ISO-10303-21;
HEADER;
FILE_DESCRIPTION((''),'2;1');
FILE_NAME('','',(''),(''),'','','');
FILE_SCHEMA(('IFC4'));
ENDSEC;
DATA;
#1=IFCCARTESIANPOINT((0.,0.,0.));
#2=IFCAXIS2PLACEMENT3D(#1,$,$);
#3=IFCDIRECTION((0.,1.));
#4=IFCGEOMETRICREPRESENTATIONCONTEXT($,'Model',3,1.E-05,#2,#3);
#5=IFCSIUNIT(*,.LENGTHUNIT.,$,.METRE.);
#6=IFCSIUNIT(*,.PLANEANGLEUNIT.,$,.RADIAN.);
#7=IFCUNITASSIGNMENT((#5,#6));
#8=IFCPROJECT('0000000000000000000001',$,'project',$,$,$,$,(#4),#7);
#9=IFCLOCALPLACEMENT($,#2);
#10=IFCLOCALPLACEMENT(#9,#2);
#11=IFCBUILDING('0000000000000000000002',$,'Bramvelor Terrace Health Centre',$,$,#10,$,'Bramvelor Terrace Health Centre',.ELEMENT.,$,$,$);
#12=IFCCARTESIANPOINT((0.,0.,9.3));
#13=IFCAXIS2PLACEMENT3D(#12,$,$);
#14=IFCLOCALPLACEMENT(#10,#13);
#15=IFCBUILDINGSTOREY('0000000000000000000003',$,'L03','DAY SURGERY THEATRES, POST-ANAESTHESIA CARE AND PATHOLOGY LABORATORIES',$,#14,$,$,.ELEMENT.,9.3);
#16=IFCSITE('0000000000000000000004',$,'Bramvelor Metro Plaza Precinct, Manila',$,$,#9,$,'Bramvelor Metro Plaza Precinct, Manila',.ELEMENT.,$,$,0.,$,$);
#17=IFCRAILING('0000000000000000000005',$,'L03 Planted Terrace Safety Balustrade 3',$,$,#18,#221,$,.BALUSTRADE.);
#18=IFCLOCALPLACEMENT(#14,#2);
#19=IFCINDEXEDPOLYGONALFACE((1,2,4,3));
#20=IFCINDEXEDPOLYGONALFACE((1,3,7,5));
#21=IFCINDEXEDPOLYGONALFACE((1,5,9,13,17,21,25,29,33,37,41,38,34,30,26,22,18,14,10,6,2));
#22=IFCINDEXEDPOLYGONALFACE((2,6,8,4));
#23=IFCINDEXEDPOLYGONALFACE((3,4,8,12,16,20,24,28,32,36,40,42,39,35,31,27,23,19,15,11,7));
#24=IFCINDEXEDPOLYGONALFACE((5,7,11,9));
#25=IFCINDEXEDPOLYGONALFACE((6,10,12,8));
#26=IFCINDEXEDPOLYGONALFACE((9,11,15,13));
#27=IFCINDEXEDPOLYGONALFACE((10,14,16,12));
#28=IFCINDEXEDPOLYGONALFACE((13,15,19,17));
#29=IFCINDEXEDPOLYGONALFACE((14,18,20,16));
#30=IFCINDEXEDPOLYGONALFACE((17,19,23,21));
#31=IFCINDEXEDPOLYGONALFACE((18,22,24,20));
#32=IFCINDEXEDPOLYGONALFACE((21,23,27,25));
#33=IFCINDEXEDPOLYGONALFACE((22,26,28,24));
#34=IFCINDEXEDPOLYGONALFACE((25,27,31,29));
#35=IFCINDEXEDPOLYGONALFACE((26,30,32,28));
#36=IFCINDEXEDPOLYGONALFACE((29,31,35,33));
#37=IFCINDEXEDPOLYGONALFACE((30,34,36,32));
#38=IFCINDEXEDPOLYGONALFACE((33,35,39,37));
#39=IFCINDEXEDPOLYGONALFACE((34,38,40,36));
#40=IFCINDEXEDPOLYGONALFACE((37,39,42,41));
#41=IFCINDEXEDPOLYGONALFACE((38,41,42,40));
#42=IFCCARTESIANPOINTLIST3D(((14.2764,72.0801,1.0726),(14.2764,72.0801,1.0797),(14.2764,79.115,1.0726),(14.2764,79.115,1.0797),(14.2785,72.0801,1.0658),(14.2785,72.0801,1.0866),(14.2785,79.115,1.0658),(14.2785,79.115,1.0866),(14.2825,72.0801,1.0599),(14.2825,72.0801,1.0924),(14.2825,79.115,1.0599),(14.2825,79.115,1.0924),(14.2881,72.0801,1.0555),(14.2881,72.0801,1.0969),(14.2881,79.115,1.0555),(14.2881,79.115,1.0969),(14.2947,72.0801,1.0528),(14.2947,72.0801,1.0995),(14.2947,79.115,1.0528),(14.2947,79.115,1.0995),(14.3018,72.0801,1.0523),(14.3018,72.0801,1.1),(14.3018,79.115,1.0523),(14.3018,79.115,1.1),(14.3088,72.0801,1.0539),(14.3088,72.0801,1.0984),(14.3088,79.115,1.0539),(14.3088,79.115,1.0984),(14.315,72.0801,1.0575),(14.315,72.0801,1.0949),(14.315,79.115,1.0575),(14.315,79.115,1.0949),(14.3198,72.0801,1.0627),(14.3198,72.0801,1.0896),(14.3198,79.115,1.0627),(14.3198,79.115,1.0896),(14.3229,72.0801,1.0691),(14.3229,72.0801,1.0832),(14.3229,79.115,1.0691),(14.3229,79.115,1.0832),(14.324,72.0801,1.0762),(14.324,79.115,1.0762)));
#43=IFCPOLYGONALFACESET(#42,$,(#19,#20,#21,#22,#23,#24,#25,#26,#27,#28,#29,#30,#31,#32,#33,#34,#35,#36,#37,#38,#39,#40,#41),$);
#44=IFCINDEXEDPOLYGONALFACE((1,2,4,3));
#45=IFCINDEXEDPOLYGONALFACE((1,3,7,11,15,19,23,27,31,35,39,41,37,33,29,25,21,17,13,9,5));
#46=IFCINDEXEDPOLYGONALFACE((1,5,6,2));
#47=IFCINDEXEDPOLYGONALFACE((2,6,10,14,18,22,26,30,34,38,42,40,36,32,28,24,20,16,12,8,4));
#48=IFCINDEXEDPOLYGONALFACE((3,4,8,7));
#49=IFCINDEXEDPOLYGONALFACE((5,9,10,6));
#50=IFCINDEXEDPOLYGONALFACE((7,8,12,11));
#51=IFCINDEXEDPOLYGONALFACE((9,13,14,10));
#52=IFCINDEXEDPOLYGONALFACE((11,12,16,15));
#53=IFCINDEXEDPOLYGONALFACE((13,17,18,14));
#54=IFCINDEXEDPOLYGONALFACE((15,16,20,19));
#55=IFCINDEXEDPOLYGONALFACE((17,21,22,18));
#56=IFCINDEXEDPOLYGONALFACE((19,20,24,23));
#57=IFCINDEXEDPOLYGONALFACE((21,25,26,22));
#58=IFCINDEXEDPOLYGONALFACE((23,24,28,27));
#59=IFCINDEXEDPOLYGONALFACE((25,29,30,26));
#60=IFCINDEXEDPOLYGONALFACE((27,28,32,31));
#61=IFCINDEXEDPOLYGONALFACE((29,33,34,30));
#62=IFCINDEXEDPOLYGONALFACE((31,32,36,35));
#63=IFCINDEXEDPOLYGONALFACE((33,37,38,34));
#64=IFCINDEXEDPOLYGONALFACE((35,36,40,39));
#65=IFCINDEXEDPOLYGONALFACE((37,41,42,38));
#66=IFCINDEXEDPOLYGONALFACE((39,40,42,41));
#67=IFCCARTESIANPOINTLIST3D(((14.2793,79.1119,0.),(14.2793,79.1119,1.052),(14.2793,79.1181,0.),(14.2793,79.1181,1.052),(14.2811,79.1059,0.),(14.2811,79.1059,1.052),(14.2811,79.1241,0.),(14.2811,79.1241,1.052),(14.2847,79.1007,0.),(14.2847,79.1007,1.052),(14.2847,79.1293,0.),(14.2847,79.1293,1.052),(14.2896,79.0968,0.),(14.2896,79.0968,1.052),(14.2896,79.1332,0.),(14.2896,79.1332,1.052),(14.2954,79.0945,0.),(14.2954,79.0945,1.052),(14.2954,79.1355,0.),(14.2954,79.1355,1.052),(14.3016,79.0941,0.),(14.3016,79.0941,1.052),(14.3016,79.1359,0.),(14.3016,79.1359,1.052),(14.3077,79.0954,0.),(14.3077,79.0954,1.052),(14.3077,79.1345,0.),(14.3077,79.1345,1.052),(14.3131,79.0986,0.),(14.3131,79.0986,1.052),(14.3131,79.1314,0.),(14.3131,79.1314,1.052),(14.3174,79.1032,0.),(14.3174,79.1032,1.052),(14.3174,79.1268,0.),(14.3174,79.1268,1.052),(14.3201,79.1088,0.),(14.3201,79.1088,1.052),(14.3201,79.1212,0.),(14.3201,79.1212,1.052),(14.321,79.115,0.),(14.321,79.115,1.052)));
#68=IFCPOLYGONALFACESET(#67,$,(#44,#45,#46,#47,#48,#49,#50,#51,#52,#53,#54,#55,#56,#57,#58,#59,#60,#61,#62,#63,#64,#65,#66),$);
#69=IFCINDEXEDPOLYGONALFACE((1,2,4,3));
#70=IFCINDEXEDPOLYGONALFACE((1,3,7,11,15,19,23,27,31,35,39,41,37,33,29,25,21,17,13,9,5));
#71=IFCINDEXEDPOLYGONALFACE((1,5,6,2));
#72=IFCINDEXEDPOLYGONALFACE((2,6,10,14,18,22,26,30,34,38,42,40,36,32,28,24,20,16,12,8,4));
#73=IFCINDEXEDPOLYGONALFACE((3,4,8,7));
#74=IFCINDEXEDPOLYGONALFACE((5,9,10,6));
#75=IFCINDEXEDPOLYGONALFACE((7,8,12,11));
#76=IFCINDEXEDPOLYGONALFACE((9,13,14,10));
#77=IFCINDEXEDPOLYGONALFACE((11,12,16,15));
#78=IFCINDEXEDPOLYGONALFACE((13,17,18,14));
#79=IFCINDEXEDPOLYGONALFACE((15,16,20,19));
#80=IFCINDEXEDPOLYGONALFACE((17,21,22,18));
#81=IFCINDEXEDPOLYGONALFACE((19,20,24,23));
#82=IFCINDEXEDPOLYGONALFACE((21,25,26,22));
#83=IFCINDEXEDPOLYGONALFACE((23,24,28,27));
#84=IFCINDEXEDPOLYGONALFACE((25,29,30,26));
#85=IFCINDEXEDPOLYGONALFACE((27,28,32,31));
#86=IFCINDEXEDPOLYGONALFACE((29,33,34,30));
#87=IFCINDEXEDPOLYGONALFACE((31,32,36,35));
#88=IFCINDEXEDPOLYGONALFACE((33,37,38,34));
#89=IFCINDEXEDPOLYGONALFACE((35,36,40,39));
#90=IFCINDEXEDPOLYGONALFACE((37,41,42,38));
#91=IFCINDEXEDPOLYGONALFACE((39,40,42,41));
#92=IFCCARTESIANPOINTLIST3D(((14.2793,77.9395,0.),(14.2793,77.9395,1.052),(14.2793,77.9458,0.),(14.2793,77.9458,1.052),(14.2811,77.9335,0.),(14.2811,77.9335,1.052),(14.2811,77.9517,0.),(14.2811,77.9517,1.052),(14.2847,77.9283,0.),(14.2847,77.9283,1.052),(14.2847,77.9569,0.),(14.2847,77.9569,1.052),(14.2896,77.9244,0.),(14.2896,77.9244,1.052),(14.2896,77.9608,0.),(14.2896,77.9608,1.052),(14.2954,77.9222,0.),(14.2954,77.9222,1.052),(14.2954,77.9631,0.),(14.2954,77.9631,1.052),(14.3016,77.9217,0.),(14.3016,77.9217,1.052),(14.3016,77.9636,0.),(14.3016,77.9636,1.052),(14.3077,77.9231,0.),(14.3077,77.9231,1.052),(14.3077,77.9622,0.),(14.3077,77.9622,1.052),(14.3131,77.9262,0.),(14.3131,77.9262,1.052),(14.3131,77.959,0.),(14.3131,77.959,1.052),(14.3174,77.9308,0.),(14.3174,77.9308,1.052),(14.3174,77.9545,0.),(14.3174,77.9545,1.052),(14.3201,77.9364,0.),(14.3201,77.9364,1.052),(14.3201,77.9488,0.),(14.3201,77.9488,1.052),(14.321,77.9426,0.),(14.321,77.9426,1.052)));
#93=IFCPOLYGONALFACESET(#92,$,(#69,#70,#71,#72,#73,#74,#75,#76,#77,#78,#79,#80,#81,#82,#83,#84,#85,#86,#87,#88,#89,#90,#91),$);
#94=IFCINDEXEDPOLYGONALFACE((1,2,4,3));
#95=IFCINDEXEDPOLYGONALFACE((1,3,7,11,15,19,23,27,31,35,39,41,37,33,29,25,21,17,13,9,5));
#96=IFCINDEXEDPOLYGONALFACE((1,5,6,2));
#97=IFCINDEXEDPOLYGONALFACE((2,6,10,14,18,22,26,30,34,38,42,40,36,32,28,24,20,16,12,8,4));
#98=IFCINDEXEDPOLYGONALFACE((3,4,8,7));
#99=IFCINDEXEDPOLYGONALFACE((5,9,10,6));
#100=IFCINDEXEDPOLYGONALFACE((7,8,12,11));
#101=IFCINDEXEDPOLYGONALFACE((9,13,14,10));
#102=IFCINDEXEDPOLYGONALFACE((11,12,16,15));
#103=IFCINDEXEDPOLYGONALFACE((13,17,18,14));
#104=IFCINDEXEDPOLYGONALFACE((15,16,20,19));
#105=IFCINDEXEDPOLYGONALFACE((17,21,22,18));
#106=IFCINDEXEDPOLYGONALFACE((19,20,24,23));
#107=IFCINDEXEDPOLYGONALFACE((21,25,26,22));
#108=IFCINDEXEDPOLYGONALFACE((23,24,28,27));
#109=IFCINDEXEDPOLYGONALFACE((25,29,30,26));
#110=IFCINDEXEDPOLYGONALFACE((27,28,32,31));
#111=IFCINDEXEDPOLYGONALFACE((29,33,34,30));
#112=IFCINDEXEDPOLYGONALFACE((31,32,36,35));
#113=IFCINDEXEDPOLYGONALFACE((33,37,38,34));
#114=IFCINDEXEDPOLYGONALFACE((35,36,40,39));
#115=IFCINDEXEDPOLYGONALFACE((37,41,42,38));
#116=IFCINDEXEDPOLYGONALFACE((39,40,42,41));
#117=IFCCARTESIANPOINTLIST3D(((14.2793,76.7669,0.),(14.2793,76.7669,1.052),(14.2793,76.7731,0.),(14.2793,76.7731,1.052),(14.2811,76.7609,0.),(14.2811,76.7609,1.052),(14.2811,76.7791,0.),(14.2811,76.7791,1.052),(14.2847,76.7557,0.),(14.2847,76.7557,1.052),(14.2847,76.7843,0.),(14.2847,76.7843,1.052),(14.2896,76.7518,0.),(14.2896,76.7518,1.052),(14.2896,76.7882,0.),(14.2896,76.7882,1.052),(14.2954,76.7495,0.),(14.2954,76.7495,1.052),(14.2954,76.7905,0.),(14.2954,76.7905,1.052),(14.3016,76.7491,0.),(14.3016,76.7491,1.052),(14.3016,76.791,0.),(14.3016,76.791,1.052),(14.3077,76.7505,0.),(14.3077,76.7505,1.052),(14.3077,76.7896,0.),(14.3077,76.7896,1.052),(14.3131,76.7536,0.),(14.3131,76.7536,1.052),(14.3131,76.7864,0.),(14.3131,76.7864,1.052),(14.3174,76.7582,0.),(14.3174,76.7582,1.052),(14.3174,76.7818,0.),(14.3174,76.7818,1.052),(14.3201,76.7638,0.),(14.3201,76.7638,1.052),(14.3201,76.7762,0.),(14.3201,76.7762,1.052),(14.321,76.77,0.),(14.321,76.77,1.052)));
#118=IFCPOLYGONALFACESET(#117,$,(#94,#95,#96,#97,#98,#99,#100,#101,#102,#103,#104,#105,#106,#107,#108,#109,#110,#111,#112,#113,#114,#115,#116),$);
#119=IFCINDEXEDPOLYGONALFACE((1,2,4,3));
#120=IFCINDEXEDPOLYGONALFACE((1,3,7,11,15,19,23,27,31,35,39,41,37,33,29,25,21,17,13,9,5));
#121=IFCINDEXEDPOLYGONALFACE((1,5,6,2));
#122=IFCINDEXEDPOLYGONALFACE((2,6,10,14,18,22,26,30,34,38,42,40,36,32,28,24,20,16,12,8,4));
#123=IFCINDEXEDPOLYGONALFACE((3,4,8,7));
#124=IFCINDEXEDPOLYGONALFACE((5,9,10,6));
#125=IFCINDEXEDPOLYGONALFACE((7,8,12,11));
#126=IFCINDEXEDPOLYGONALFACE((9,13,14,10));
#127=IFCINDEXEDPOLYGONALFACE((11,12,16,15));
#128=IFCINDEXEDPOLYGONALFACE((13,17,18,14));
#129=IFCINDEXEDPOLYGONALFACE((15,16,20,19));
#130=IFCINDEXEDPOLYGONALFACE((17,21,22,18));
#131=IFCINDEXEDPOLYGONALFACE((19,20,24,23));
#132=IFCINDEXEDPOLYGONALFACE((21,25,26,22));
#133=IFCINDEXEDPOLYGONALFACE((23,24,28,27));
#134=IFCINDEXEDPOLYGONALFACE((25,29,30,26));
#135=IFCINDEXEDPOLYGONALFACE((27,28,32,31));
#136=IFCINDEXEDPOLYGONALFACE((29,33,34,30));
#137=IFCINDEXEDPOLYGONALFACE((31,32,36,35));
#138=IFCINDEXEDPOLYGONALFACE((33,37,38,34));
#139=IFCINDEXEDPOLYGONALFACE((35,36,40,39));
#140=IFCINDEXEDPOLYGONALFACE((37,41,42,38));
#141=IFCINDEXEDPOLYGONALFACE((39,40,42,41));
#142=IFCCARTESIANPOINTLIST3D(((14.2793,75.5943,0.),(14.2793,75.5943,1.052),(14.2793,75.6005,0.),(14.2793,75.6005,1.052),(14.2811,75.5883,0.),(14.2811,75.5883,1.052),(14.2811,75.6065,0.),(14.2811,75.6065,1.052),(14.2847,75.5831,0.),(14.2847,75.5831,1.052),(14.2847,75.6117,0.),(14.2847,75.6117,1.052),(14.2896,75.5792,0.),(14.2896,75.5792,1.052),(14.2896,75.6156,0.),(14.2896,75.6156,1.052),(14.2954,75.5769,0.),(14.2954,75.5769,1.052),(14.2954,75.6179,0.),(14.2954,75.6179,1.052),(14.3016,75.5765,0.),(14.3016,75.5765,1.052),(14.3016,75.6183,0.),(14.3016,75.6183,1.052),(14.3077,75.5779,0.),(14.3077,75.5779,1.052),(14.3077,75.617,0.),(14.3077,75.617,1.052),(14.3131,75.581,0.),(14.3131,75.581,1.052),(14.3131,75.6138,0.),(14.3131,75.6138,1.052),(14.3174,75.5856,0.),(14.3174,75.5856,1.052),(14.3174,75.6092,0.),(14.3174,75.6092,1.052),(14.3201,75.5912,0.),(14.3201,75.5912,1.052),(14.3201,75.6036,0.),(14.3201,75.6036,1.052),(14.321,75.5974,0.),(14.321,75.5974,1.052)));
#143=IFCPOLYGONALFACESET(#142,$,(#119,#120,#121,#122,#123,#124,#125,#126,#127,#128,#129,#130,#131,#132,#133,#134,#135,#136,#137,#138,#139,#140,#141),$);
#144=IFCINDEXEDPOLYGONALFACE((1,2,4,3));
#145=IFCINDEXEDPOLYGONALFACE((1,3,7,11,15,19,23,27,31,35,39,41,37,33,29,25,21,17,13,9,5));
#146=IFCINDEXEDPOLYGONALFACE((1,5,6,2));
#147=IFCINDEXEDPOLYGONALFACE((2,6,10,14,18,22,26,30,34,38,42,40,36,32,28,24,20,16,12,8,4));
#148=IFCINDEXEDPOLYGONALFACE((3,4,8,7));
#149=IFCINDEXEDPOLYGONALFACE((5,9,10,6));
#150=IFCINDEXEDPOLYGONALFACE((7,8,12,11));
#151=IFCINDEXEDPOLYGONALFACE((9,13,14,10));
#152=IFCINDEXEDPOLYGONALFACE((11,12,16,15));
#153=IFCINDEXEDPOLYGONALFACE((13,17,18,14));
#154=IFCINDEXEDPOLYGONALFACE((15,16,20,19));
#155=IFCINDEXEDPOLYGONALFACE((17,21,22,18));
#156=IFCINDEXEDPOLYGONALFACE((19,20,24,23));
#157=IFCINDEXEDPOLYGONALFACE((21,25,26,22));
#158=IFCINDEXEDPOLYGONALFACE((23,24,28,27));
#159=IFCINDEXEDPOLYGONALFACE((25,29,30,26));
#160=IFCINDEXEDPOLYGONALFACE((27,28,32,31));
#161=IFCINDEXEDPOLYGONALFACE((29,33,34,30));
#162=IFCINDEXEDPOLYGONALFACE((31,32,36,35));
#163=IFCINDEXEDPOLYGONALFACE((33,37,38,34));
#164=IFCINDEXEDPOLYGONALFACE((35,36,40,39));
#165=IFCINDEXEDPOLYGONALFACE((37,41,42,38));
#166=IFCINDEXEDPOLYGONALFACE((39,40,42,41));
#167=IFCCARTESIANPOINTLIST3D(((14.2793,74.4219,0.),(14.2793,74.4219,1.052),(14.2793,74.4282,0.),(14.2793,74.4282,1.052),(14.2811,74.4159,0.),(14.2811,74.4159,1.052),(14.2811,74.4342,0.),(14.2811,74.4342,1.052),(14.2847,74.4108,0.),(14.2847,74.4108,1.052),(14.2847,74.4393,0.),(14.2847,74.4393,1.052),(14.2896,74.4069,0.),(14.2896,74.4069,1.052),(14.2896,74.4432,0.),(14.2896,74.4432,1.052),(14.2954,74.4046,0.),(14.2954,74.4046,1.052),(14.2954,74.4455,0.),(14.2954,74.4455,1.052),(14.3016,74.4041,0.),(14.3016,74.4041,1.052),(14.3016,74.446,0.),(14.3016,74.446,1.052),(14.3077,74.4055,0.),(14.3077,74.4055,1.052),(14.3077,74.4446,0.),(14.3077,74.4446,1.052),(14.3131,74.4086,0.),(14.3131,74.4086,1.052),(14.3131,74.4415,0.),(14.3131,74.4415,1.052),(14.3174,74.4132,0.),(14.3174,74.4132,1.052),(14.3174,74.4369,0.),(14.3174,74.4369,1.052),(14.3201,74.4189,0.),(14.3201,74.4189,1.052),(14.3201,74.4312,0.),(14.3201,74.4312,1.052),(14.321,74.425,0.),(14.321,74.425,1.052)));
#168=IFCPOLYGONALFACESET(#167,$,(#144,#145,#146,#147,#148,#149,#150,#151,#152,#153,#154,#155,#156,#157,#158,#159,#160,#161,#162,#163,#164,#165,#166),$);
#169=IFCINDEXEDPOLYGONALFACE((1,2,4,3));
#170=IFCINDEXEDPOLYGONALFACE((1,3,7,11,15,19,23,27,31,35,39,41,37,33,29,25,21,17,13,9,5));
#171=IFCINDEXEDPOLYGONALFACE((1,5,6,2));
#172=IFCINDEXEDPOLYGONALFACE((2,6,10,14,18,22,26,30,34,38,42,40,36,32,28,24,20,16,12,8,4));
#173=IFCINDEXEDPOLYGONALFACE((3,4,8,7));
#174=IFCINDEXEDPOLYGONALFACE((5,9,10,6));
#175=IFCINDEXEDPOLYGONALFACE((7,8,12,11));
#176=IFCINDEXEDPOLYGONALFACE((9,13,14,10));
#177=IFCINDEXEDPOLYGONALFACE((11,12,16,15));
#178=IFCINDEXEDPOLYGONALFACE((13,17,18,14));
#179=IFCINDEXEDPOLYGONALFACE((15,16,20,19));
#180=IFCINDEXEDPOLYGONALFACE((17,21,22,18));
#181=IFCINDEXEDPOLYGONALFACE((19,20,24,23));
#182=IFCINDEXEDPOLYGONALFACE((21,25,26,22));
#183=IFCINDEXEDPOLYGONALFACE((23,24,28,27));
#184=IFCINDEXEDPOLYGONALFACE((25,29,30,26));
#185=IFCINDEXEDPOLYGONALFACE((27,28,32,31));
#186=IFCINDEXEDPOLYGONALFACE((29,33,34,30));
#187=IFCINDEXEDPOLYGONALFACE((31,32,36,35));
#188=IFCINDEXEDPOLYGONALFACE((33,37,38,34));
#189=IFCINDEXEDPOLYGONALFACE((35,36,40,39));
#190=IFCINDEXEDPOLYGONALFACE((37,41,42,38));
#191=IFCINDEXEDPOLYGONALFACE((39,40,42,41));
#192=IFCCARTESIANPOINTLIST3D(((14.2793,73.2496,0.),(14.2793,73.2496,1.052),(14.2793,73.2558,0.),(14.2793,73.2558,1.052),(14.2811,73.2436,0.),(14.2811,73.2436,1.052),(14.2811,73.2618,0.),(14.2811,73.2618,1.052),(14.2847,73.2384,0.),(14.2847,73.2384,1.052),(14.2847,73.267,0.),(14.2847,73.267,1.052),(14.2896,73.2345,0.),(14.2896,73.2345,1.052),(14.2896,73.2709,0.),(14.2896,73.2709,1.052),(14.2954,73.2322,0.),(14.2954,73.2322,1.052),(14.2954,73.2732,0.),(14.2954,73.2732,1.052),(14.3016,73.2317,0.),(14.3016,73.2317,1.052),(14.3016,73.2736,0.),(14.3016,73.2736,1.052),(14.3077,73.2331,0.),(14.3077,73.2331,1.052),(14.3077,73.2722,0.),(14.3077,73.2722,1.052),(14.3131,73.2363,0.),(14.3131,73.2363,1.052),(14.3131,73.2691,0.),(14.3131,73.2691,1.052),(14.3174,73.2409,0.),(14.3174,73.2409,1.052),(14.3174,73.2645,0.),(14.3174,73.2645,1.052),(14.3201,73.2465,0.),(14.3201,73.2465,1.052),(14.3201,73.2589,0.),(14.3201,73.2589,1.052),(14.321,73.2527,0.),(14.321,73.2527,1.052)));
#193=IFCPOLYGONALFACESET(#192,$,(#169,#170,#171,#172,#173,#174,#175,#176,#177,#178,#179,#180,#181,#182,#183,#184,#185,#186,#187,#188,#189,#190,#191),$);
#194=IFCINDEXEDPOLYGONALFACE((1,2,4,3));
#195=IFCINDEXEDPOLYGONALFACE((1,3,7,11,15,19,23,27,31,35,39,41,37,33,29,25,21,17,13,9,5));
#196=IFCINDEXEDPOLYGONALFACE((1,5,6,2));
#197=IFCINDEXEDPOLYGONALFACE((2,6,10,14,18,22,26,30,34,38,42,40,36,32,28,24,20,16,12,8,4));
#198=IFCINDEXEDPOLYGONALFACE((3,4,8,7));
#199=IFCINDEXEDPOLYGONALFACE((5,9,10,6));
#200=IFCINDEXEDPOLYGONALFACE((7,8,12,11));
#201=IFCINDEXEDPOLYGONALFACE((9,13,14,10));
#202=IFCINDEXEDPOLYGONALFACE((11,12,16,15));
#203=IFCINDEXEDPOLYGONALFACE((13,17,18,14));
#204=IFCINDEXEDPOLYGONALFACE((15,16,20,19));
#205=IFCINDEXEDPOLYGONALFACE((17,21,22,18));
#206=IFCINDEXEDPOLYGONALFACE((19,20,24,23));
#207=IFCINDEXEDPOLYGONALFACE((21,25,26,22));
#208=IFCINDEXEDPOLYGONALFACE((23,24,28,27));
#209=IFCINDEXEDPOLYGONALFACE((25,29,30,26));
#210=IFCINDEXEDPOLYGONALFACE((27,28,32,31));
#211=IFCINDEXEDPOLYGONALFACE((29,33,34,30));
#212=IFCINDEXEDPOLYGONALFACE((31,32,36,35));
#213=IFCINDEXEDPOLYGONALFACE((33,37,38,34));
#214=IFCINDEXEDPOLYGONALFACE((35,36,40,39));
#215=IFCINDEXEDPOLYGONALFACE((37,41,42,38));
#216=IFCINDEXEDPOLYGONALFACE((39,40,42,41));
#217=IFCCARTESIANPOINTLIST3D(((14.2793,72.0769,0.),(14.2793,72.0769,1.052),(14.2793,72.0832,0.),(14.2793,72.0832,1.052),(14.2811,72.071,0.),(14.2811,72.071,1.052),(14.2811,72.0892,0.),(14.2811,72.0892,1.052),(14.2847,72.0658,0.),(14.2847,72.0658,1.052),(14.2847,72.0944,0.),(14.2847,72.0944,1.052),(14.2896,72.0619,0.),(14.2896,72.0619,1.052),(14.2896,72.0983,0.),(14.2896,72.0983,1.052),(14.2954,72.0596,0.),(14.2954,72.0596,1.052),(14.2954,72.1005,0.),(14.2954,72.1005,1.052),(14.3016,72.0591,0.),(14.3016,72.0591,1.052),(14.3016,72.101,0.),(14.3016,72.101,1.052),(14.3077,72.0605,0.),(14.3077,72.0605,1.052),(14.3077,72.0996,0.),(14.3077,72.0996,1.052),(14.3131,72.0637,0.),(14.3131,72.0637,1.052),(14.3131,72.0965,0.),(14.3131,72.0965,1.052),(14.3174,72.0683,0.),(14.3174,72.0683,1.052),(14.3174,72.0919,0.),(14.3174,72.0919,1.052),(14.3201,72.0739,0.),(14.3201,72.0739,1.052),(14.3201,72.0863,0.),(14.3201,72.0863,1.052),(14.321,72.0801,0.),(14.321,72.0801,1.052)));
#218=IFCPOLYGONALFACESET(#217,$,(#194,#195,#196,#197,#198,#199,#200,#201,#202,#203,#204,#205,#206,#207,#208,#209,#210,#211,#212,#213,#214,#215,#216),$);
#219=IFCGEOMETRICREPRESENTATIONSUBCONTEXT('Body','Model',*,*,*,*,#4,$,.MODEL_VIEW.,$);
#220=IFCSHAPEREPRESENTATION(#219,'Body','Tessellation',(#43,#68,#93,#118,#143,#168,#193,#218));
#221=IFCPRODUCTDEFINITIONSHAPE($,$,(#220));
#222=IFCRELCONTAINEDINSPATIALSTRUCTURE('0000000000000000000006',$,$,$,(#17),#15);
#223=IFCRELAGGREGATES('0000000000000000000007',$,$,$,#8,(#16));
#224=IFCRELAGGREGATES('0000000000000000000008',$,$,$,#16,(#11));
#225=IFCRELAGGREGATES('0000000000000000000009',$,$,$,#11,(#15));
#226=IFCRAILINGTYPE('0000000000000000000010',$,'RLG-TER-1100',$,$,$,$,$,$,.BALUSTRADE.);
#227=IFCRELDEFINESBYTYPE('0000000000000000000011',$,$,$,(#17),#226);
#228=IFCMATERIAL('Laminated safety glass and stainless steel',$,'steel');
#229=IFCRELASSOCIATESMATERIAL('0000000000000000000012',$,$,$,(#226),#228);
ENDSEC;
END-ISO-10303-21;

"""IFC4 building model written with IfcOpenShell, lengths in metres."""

from ifc_helpers import new_model, si_unit, direction, frame, origin, origin_2d, place, context, subcontext, project, spatial, circle, extrude, material, type_object, element, save


model = new_model("IFC4")

# Units and contexts
model_context = context("Model", 3, precision=1e-05, world=origin(), true_north=direction((0.0, 1.0)))
body_context = subcontext(model_context, "Body", "Model", "MODEL_VIEW")
ifc_project = project(units=[si_unit("LENGTHUNIT", "METRE"), si_unit("PLANEANGLEUNIT", "RADIAN")], contexts=[model_context])

# Site, building, storey
site_placement = place(None, origin())
site = spatial("IfcSite", under=ifc_project, at=site_placement, Name="Bramvelor Metro Plaza Precinct, Manila", LongName="Bramvelor Metro Plaza Precinct, Manila", CompositionType="ELEMENT", RefElevation=0.0)
building_placement = place(site_placement, origin())
building = spatial("IfcBuilding", under=site, at=building_placement, Name="Bramvelor Terrace Health Centre", LongName="Bramvelor Terrace Health Centre", CompositionType="ELEMENT")
storey_placement = place(building_placement, frame((0.0, 0.0, 9.3)))
storey = spatial("IfcBuildingStorey", under=building, at=storey_placement, Name="L03", Description="DAY SURGERY THEATRES, POST-ANAESTHESIA CARE AND PATHOLOGY LABORATORIES", CompositionType="ELEMENT", Elevation=9.3)

# Railing
ifc_material_1 = material(Name="Laminated safety glass and stainless steel", Category="steel")
railing_type = type_object("IfcRailingType", Name="RLG-TER-1100", PredefinedType="BALUSTRADE", material=ifc_material_1)
railing_1_placement = place(storey_placement, frame((14.3, 79.115, 0.0)))
element("IfcRailing", 1, at=railing_1_placement, inside=storey, type_object=railing_type, Name="L03 Planted Terrace Safety Balustrade 3", PredefinedType="BALUSTRADE", context=body_context, shape_type="SweptSolid", body=[
    extrude(circle(Radius=0.0239, at=origin_2d()), frame((0.0, 0.0, 1.0762), z_axis=(0.0, -1.0, 0.0), x_axis=(1.0, 0.0, 0.0)), (0.0, 0.0, 1.0), 7.0349),
    extrude(circle(Radius=0.021, at=origin_2d()), origin(), (0.0, 0.0, 1.0), 1.052),
    extrude(circle(Radius=0.021, at=origin_2d()), frame((0.0, -1.1724, 0.0)), (0.0, 0.0, 1.0), 1.052),
    extrude(circle(Radius=0.021, at=origin_2d()), frame((0.0, -2.345, 0.0)), (0.0, 0.0, 1.0), 1.052),
    extrude(circle(Radius=0.021, at=origin_2d()), frame((0.0, -3.5176, 0.0)), (0.0, 0.0, 1.0), 1.052),
    extrude(circle(Radius=0.021, at=origin_2d()), frame((0.0, -4.6899, 0.0)), (0.0, 0.0, 1.0), 1.052),
    extrude(circle(Radius=0.021, at=origin_2d()), frame((0.0, -5.8623, 0.0)), (0.0, 0.0, 1.0), 1.052),
    extrude(circle(Radius=0.021, at=origin_2d()), frame((0.0, -7.0349, 0.0)), (0.0, 0.0, 1.0), 1.052),
])

save(model, "model.ifc")
